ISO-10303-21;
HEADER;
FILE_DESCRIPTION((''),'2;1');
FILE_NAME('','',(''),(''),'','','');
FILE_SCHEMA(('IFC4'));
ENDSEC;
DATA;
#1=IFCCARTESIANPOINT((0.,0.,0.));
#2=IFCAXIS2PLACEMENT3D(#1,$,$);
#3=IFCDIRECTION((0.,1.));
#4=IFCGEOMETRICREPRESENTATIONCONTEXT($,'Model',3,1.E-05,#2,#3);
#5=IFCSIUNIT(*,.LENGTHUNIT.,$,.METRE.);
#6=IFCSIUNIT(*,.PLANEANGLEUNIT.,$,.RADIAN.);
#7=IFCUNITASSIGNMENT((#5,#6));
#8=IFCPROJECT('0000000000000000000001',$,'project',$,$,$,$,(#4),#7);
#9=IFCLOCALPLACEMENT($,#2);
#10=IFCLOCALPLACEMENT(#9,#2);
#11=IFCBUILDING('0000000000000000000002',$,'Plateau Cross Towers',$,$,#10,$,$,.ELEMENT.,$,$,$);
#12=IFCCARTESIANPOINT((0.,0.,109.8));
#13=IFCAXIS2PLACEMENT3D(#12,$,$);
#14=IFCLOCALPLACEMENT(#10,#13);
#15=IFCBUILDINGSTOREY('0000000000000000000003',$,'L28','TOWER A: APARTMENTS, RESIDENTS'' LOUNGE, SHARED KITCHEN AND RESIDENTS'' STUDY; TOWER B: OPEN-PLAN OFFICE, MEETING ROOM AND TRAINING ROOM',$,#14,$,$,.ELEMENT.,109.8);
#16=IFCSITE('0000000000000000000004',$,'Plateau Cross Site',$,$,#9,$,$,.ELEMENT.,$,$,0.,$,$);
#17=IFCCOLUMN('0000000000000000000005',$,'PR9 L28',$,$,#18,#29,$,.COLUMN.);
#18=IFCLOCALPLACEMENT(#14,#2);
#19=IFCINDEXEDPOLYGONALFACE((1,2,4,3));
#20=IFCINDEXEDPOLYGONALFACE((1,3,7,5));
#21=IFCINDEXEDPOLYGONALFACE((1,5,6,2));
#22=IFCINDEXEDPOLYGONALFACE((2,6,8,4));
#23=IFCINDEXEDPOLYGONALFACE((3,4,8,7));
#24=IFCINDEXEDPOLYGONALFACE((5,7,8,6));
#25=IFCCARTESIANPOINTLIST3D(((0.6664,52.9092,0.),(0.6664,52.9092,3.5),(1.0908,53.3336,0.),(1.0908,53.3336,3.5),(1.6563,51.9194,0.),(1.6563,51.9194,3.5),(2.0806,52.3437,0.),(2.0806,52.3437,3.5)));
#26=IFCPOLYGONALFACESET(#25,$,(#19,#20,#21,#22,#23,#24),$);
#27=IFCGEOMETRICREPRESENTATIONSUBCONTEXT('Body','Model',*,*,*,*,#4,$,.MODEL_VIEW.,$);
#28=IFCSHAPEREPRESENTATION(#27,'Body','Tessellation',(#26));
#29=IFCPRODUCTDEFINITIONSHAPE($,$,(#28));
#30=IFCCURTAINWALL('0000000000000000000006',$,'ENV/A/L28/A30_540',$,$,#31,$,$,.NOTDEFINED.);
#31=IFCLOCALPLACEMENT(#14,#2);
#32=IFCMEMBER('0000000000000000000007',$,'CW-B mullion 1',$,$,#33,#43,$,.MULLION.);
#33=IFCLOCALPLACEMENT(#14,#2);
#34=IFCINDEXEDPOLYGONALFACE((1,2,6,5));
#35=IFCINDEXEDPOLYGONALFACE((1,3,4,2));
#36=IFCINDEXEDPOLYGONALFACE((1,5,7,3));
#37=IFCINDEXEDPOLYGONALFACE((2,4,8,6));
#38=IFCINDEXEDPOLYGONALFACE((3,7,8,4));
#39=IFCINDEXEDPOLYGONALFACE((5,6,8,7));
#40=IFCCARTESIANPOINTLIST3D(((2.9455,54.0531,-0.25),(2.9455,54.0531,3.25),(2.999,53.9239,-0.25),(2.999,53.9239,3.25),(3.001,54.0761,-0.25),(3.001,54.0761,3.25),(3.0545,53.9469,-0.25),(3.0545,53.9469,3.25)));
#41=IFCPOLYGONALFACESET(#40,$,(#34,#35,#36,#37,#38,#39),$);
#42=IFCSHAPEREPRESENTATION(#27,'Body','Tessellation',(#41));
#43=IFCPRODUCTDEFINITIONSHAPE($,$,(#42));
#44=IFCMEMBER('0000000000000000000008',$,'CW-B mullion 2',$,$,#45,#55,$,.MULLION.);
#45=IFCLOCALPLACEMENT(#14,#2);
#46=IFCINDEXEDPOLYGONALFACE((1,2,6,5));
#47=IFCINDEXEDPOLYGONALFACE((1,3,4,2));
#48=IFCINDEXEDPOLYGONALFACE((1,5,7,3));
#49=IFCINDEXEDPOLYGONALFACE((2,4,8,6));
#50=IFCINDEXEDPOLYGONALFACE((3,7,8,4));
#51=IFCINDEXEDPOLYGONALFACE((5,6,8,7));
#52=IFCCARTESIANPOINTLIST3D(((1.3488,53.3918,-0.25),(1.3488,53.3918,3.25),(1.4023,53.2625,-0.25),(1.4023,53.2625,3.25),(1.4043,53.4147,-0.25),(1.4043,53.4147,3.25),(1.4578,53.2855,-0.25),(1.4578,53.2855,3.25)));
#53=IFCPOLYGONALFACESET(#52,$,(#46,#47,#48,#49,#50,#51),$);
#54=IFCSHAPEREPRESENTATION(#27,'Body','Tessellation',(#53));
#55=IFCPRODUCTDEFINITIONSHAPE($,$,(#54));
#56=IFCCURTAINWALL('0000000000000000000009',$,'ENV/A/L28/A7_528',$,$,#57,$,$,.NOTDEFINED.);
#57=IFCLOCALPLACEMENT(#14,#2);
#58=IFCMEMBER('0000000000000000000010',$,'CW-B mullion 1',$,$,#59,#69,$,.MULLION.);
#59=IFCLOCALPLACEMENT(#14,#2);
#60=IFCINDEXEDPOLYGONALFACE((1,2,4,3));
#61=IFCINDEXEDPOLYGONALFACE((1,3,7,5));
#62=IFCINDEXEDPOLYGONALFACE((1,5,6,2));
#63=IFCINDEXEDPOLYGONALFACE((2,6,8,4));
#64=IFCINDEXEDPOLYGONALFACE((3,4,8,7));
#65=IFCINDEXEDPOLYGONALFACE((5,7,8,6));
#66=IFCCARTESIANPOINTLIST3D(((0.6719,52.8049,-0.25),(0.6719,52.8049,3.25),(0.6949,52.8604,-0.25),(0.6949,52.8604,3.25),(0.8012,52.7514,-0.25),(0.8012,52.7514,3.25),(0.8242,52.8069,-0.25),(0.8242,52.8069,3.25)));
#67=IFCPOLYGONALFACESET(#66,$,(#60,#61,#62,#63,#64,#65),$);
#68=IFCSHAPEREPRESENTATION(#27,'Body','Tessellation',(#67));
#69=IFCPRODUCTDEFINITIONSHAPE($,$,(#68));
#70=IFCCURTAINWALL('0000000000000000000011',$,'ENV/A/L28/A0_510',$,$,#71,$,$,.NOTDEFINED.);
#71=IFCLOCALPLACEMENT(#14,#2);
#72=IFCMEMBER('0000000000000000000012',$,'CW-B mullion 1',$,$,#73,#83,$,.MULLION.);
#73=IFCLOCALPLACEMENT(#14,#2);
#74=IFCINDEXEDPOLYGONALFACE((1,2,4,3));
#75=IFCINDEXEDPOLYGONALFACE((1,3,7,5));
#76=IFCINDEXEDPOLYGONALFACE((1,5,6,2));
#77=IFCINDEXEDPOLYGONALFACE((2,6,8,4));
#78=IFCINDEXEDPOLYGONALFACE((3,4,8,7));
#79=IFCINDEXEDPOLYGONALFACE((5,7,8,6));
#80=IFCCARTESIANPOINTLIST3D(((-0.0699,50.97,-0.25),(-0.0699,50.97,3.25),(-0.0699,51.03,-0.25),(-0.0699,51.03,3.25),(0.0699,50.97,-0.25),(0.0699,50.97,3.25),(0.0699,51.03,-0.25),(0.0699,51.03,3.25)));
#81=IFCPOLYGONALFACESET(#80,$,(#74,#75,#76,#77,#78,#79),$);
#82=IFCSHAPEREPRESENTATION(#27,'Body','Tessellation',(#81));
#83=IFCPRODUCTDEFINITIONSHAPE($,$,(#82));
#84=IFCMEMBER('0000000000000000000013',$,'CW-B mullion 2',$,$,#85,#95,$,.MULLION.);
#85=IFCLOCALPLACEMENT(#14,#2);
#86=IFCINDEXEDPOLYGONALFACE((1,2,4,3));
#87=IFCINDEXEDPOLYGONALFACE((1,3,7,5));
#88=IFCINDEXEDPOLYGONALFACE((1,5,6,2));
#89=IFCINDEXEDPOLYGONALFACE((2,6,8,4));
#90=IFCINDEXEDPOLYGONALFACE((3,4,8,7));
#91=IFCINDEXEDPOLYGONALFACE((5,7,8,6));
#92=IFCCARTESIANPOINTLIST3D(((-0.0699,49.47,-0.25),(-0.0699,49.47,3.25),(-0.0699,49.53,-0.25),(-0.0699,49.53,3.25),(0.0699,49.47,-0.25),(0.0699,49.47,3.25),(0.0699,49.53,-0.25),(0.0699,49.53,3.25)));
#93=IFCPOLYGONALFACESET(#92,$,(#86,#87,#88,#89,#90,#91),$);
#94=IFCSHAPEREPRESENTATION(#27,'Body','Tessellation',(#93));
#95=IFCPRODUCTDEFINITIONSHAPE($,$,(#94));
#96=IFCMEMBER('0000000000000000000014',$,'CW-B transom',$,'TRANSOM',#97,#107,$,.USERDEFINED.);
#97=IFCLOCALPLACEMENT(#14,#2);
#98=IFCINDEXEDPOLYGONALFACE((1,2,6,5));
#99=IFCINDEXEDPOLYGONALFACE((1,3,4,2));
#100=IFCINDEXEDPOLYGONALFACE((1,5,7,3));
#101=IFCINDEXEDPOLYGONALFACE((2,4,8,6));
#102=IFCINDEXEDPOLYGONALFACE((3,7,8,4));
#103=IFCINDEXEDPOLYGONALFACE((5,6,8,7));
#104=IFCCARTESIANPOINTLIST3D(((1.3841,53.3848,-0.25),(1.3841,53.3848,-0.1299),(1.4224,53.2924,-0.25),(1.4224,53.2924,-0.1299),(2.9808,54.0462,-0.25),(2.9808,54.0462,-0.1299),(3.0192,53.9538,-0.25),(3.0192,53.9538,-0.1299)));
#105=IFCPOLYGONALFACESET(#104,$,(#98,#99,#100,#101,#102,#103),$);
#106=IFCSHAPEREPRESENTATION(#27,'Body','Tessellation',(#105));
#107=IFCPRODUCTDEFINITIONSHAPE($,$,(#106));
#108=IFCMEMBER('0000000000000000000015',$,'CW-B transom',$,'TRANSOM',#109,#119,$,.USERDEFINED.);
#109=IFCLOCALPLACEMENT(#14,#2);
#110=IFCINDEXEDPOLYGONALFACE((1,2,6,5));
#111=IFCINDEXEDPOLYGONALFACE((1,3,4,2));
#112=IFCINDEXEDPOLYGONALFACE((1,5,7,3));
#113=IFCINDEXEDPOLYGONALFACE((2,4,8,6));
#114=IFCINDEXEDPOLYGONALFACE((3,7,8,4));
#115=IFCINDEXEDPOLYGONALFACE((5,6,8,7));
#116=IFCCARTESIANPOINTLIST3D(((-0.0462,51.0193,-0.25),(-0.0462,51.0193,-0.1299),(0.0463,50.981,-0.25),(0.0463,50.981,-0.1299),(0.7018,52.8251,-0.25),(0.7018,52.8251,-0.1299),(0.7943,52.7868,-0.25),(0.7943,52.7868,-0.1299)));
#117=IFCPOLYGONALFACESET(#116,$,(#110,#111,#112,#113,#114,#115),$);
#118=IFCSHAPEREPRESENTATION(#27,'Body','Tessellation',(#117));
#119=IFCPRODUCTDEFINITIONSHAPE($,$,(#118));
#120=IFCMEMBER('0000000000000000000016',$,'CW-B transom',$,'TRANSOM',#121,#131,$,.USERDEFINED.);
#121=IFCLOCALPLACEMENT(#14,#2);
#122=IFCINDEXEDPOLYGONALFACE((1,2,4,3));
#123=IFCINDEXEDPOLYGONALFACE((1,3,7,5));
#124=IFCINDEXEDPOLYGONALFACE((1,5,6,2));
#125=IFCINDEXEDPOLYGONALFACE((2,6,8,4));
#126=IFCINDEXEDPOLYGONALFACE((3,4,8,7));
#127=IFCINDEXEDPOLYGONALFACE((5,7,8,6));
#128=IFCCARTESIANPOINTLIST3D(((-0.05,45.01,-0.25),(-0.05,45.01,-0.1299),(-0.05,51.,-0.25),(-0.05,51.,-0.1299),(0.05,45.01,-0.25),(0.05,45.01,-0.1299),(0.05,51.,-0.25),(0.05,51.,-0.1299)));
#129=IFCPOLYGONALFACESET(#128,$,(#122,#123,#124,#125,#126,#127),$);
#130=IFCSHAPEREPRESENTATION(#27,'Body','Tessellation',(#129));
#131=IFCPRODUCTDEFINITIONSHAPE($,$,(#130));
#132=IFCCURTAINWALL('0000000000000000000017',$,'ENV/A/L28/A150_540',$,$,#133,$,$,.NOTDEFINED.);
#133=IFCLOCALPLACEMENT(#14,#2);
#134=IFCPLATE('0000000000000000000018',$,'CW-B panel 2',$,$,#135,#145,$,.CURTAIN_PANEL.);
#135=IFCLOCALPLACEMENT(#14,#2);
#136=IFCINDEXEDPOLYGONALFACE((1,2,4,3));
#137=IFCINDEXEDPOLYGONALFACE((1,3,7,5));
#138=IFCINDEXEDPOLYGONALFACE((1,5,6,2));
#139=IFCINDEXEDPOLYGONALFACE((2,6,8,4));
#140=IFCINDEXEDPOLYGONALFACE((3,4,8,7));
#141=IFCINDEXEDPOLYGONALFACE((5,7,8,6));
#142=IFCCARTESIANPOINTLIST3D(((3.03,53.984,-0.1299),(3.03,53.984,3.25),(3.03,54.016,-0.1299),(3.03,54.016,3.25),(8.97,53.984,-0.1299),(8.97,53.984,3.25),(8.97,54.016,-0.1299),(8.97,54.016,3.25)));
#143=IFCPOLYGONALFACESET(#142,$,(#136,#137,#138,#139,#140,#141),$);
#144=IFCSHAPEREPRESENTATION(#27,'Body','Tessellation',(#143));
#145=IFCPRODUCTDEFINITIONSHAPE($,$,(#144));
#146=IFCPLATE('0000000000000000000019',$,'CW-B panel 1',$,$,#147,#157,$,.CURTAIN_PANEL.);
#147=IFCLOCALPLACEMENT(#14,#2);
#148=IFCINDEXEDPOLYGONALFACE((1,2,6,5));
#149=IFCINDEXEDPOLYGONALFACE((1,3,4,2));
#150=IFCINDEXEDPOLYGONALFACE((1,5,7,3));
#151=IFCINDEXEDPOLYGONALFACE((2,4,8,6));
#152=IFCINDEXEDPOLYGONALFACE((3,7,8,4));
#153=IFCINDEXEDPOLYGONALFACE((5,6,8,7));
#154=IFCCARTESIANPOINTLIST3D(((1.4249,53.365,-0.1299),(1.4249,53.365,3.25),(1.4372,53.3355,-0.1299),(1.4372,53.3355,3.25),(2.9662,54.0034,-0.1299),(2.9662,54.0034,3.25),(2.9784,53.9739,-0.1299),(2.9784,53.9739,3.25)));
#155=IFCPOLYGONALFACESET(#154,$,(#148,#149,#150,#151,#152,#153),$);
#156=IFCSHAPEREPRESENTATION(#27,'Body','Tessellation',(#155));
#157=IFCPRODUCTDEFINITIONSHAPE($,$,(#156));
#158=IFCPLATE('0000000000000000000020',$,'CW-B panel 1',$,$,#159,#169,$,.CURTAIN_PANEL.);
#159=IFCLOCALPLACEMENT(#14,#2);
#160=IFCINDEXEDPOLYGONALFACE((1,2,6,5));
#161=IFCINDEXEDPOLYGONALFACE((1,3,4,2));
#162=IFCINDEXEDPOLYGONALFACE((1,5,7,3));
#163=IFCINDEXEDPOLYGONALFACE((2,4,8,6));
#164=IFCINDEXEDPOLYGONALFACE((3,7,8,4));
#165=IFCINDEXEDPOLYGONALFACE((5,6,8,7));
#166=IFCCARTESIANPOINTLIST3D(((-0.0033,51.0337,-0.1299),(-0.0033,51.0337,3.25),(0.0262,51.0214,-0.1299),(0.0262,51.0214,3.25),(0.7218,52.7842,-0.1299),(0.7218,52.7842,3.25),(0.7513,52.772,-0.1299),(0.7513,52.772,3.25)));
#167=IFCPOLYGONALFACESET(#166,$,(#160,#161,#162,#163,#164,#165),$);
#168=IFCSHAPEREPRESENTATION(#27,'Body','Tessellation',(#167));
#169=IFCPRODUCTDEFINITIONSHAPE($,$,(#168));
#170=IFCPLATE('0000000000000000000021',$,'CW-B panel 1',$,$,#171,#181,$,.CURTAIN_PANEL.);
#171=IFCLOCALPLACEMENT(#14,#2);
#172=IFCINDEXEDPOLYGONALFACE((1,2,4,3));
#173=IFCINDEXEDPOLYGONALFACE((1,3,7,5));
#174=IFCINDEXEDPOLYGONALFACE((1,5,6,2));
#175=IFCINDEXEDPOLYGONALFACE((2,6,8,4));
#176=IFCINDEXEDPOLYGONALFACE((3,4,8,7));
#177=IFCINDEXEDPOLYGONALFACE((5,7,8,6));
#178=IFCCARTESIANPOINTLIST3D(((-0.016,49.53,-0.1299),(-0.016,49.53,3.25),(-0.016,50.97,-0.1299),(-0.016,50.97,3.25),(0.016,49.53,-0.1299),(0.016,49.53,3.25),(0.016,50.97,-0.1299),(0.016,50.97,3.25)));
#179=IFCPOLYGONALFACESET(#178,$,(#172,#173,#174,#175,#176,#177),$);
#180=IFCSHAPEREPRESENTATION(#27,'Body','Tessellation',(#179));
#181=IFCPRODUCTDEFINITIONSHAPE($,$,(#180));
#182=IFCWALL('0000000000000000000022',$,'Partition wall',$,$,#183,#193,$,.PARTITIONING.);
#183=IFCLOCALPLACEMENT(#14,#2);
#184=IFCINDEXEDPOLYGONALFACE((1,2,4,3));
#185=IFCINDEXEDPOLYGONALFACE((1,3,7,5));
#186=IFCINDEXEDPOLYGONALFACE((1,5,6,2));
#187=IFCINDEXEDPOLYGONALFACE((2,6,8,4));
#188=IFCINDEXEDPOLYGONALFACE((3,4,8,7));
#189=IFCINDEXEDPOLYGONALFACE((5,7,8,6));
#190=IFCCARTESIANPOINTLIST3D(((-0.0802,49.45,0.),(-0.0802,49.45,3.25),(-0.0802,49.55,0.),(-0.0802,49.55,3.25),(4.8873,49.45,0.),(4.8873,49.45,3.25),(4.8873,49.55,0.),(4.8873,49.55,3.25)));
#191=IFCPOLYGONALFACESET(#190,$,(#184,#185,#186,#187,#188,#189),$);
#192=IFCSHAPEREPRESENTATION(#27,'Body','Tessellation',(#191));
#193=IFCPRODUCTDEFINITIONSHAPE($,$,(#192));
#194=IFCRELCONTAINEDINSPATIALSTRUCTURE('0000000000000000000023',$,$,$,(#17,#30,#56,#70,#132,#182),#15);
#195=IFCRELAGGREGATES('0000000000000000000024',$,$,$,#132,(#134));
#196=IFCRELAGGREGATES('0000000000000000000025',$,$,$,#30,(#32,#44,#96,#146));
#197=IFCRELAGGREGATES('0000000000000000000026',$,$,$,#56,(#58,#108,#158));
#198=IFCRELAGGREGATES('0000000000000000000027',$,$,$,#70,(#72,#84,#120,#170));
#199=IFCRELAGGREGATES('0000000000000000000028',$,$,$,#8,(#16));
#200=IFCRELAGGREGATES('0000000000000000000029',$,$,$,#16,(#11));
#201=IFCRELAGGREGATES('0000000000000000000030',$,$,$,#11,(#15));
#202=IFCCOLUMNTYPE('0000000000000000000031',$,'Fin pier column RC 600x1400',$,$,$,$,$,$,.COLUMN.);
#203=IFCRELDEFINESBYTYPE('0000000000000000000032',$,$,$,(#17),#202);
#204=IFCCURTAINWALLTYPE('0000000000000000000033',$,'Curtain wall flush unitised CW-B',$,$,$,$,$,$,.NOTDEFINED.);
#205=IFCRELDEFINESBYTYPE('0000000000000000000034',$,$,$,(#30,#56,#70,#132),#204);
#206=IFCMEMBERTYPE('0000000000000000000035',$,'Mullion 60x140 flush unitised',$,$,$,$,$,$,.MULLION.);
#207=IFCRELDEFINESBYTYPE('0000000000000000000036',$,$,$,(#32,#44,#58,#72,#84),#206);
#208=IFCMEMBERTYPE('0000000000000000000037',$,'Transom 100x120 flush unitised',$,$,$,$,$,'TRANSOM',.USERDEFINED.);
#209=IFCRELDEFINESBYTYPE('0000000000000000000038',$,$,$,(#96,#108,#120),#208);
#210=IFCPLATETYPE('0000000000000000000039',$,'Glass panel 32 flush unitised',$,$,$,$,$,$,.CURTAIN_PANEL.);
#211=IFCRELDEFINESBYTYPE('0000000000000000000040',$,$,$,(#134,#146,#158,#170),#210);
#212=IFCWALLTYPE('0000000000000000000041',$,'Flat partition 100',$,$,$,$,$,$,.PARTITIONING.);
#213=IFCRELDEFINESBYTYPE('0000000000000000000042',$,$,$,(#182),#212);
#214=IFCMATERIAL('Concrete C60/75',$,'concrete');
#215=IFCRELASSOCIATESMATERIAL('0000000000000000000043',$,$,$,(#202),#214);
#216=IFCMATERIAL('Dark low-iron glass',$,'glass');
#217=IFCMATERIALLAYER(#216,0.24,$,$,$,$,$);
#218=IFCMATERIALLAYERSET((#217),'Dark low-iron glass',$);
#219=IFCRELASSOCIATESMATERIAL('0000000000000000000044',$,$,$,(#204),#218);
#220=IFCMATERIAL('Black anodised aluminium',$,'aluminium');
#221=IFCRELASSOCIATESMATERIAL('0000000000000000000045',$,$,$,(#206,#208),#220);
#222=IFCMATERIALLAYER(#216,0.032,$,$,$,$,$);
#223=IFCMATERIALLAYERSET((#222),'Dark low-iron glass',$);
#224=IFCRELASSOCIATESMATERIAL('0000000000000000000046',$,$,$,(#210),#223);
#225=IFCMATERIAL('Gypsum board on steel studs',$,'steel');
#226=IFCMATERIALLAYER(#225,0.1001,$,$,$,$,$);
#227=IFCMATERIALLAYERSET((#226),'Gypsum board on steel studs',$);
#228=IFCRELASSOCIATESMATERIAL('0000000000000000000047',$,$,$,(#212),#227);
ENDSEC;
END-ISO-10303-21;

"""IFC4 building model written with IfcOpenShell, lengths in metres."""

from ifc_helpers import new_model, si_unit, direction, frame, frame_2d, origin, origin_2d, place, context, subcontext, project, spatial, rectangle, extrude, material, layer, layer_set, material_profile, profile_set, type_object, element, aggregate, save


model = new_model("IFC4")

# Units and contexts
model_context = context("Model", 3, precision=1e-05, world=origin(), true_north=direction((0.0, 1.0)))
body_context = subcontext(model_context, "Body", "Model", "MODEL_VIEW")
ifc_project = project(units=[si_unit("LENGTHUNIT", "METRE"), si_unit("PLANEANGLEUNIT", "RADIAN")], contexts=[model_context])

# Site, building, storey
site_placement = place(None, origin())
site = spatial("IfcSite", under=ifc_project, at=site_placement, Name="Plateau Cross Site", CompositionType="ELEMENT", RefElevation=0.0)
building_placement = place(site_placement, origin())
building = spatial("IfcBuilding", under=site, at=building_placement, Name="Plateau Cross Towers", CompositionType="ELEMENT")
storey_placement = place(building_placement, frame((0.0, 0.0, 109.8)))
storey = spatial("IfcBuildingStorey", under=building, at=storey_placement, Name="L28", Description="TOWER A: APARTMENTS, RESIDENTS' LOUNGE, SHARED KITCHEN AND RESIDENTS' STUDY; TOWER B: OPEN-PLAN OFFICE, MEETING ROOM AND TRAINING ROOM", CompositionType="ELEMENT", Elevation=109.8)

# Column
ifc_material_1 = material(Name="Concrete C60/75", Category="concrete")
ifc_material_profile_1 = material_profile(ifc_material_1, rectangle(XDim=0.6001, YDim=1.3999, at=origin_2d()), Name="RC 600x1400")
ifc_profile_set_1 = profile_set([ifc_material_profile_1], Name="Concrete C60/75")
column_type = type_object("IfcColumnType", Name="Fin pier column RC 600x1400", PredefinedType="COLUMN", material=ifc_profile_set_1)
column_placement = place(storey_placement, frame((1.3735, 52.6265, 0.0), z_axis=(0.0, 0.0, 1.0), x_axis=(0.707107, 0.707107, 0.0)))
element("IfcColumn", 1, at=column_placement, inside=storey, type_object=column_type, Name="PR9 L28", PredefinedType="COLUMN", context=body_context, shape_type="SweptSolid", body=[
    extrude(rectangle(XDim=0.6001, YDim=1.3999, at=origin_2d()), origin(), (0.0, 0.0, 1.0), 3.5),
])

# Curtain wall, members
ifc_material_2 = material(Name="Dark low-iron glass", Category="glass")
ifc_layer_1 = layer(ifc_material_2, 0.24)
ifc_layer_set_1 = layer_set([ifc_layer_1], Name="Dark low-iron glass")
curtain_wall_type = type_object("IfcCurtainWallType", Name="Curtain wall flush unitised CW-B", PredefinedType="NOTDEFINED", material=ifc_layer_set_1)
curtain_wall_1_placement = place(storey_placement, origin())
curtain_wall_1 = element("IfcCurtainWall", 2, at=curtain_wall_1_placement, inside=storey, type_object=curtain_wall_type, Name="ENV/A/L28/A30_540", PredefinedType="NOTDEFINED")
ifc_material_3 = material(Name="Black anodised aluminium", Category="aluminium")
ifc_material_profile_2 = material_profile(ifc_material_3, rectangle(XDim=0.0601, YDim=0.1399, at=origin_2d()), Name="MULLION 60x140")
ifc_profile_set_2 = profile_set([ifc_material_profile_2], Name="Black anodised aluminium")
member_type_1 = type_object("IfcMemberType", Name="Mullion 60x140 flush unitised", PredefinedType="MULLION", material=ifc_profile_set_2)
member_1_placement = place(storey_placement, frame((3.0, 54.0, -0.25), z_axis=(0.0, 0.0, 1.0), x_axis=(-0.923879, -0.382684, 0.0)))
member_1 = element("IfcMember", 3, at=member_1_placement, type_object=member_type_1, Name="CW-B mullion 1", PredefinedType="MULLION", context=body_context, shape_type="SweptSolid", body=[
    extrude(rectangle(XDim=0.0601, YDim=0.1399, at=origin_2d()), origin(), (0.0, 0.0, 1.0), 3.5),
])
member_2_placement = place(storey_placement, frame((1.4033, 53.3386, -0.25), z_axis=(0.0, 0.0, 1.0), x_axis=(-0.923879, -0.382684, 0.0)))
member_2 = element("IfcMember", 4, at=member_2_placement, type_object=member_type_1, Name="CW-B mullion 2", PredefinedType="MULLION", context=body_context, shape_type="SweptSolid", body=[
    extrude(rectangle(XDim=0.0601, YDim=0.1399, at=origin_2d()), origin(), (0.0, 0.0, 1.0), 3.5),
])

# Curtain wall, member
curtain_wall_2_placement = place(storey_placement, origin())
curtain_wall_2 = element("IfcCurtainWall", 5, at=curtain_wall_2_placement, inside=storey, type_object=curtain_wall_type, Name="ENV/A/L28/A7_528", PredefinedType="NOTDEFINED")
member_3_placement = place(storey_placement, frame((0.748, 52.8059, -0.25), z_axis=(0.0, 0.0, 1.0), x_axis=(-0.382684, -0.923879, 0.0)))
member_3 = element("IfcMember", 6, at=member_3_placement, type_object=member_type_1, Name="CW-B mullion 1", PredefinedType="MULLION", context=body_context, shape_type="SweptSolid", body=[
    extrude(rectangle(XDim=0.0601, YDim=0.1399, at=origin_2d()), origin(), (0.0, 0.0, 1.0), 3.5),
])

# Curtain wall, members
curtain_wall_3_placement = place(storey_placement, origin())
curtain_wall_3 = element("IfcCurtainWall", 7, at=curtain_wall_3_placement, inside=storey, type_object=curtain_wall_type, Name="ENV/A/L28/A0_510", PredefinedType="NOTDEFINED")
member_4_placement = place(storey_placement, frame((0.0, 51.0, -0.25), z_axis=(0.0, 0.0, 1.0), x_axis=(0.0, -1.0, 0.0)))
member_4 = element("IfcMember", 8, at=member_4_placement, type_object=member_type_1, Name="CW-B mullion 1", PredefinedType="MULLION", context=body_context, shape_type="SweptSolid", body=[
    extrude(rectangle(XDim=0.0601, YDim=0.1399, at=origin_2d()), origin(), (0.0, 0.0, 1.0), 3.5),
])
member_5_placement = place(storey_placement, frame((0.0, 49.5, -0.25), z_axis=(0.0, 0.0, 1.0), x_axis=(0.0, -1.0, 0.0)))
member_5 = element("IfcMember", 9, at=member_5_placement, type_object=member_type_1, Name="CW-B mullion 2", PredefinedType="MULLION", context=body_context, shape_type="SweptSolid", body=[
    extrude(rectangle(XDim=0.0601, YDim=0.1399, at=origin_2d()), origin(), (0.0, 0.0, 1.0), 3.5),
])

# Members
ifc_material_profile_3 = material_profile(ifc_material_3, rectangle(XDim=0.1001, YDim=0.1201, at=origin_2d()), Name="TRANSOM 100x120")
ifc_profile_set_3 = profile_set([ifc_material_profile_3], Name="Black anodised aluminium")
member_type_2 = type_object("IfcMemberType", Name="Transom 100x120 flush unitised", ElementType="TRANSOM", PredefinedType="USERDEFINED", material=ifc_profile_set_3)
member_6_placement = place(storey_placement, frame((3.0, 54.0, -0.1899), z_axis=(-0.923877, -0.382689, 0.0), x_axis=(0.382689, -0.923877, 0.0)))
member_6 = element("IfcMember", 10, at=member_6_placement, type_object=member_type_2, Name="CW-B transom", ObjectType="TRANSOM", PredefinedType="USERDEFINED", context=body_context, shape_type="SweptSolid", body=[
    extrude(rectangle(XDim=0.1001, YDim=0.1201, at=origin_2d()), origin(), (0.0, 0.0, 1.0), 1.7283),
])
member_7_placement = place(storey_placement, frame((0.748, 52.8059, -0.1899), z_axis=(-0.38269, -0.923877, 0.0), x_axis=(0.923877, -0.38269, 0.0)))
member_7 = element("IfcMember", 11, at=member_7_placement, type_object=member_type_2, Name="CW-B transom", ObjectType="TRANSOM", PredefinedType="USERDEFINED", context=body_context, shape_type="SweptSolid", body=[
    extrude(rectangle(XDim=0.1001, YDim=0.1201, at=origin_2d()), origin(), (0.0, 0.0, 1.0), 1.9546),
])
member_8_placement = place(storey_placement, frame((0.0, 51.0, -0.1899), z_axis=(0.0, -1.0, 0.0), x_axis=(1.0, 0.0, 0.0)))
member_8 = element("IfcMember", 12, at=member_8_placement, type_object=member_type_2, Name="CW-B transom", ObjectType="TRANSOM", PredefinedType="USERDEFINED", context=body_context, shape_type="SweptSolid", body=[
    extrude(rectangle(XDim=0.1001, YDim=0.1201, at=origin_2d()), origin(), (0.0, 0.0, 1.0), 5.99),
])

# Curtain wall, plate
curtain_wall_4_placement = place(storey_placement, origin())
curtain_wall_4 = element("IfcCurtainWall", 13, at=curtain_wall_4_placement, inside=storey, type_object=curtain_wall_type, Name="ENV/A/L28/A150_540", PredefinedType="NOTDEFINED")
ifc_layer_2 = layer(ifc_material_2, 0.032)
ifc_layer_set_2 = layer_set([ifc_layer_2], Name="Dark low-iron glass")
plate_type = type_object("IfcPlateType", Name="Glass panel 32 flush unitised", PredefinedType="CURTAIN_PANEL", material=ifc_layer_set_2)
plate_1_placement = place(storey_placement, frame((6.0, 54.0, -0.1299), z_axis=(0.0, 0.0, 1.0), x_axis=(-1.0, 0.0, 0.0)))
plate_1 = element("IfcPlate", 14, at=plate_1_placement, type_object=plate_type, Name="CW-B panel 2", PredefinedType="CURTAIN_PANEL", context=body_context, shape_type="SweptSolid", body=[
    extrude(rectangle(XDim=5.9399, YDim=0.032, at=origin_2d()), origin(), (0.0, 0.0, 1.0), 3.3799),
])
aggregate(curtain_wall_4, [plate_1])

# Plates
plate_2_placement = place(storey_placement, frame((2.2017, 53.6694, -0.1299), z_axis=(0.0, 0.0, 1.0), x_axis=(-0.923879, -0.382684, 0.0)))
plate_2 = element("IfcPlate", 15, at=plate_2_placement, type_object=plate_type, Name="CW-B panel 1", PredefinedType="CURTAIN_PANEL", context=body_context, shape_type="SweptSolid", body=[
    extrude(rectangle(XDim=1.6682, YDim=0.032, at=origin_2d()), origin(), (0.0, 0.0, 1.0), 3.3799),
])
aggregate(curtain_wall_1, [member_1, member_2, member_6, plate_2])
plate_3_placement = place(storey_placement, frame((0.374, 51.9028, -0.1299), z_axis=(0.0, 0.0, 1.0), x_axis=(-0.382684, -0.923879, 0.0)))
plate_3 = element("IfcPlate", 16, at=plate_3_placement, type_object=plate_type, Name="CW-B panel 1", PredefinedType="CURTAIN_PANEL", context=body_context, shape_type="SweptSolid", body=[
    extrude(rectangle(XDim=1.8948, YDim=0.032, at=origin_2d()), origin(), (0.0, 0.0, 1.0), 3.3799),
])
aggregate(curtain_wall_2, [member_3, member_7, plate_3])
plate_4_placement = place(storey_placement, frame((0.0, 50.25, -0.1299), z_axis=(0.0, 0.0, 1.0), x_axis=(0.0, -1.0, 0.0)))
plate_4 = element("IfcPlate", 17, at=plate_4_placement, type_object=plate_type, Name="CW-B panel 1", PredefinedType="CURTAIN_PANEL", context=body_context, shape_type="SweptSolid", body=[
    extrude(rectangle(XDim=1.4399, YDim=0.032, at=origin_2d()), origin(), (0.0, 0.0, 1.0), 3.3799),
])
aggregate(curtain_wall_3, [member_4, member_5, member_8, plate_4])

# Wall
ifc_material_4 = material(Name="Gypsum board on steel studs", Category="steel")
ifc_layer_3 = layer(ifc_material_4, 0.1001)
ifc_layer_set_3 = layer_set([ifc_layer_3], Name="Gypsum board on steel studs")
wall_type_1 = type_object("IfcWallType", Name="Flat partition 100", PredefinedType="PARTITIONING", material=ifc_layer_set_3)
wall_1_placement = place(storey_placement, frame((4.8875, 49.5, 0.0), z_axis=(0.0, 0.0, 1.0), x_axis=(-1.0, 0.0, 0.0)))
element("IfcWall", 18, at=wall_1_placement, inside=storey, type_object=wall_type_1, Name="Partition wall", PredefinedType="PARTITIONING", context=body_context, shape_type="SweptSolid", body=[
    extrude(rectangle(XDim=4.9675, YDim=0.1001, at=frame_2d((2.4839, 0.0))), origin(), (0.0, 0.0, 1.0), 3.25),
])

save(model, "model.ifc")
